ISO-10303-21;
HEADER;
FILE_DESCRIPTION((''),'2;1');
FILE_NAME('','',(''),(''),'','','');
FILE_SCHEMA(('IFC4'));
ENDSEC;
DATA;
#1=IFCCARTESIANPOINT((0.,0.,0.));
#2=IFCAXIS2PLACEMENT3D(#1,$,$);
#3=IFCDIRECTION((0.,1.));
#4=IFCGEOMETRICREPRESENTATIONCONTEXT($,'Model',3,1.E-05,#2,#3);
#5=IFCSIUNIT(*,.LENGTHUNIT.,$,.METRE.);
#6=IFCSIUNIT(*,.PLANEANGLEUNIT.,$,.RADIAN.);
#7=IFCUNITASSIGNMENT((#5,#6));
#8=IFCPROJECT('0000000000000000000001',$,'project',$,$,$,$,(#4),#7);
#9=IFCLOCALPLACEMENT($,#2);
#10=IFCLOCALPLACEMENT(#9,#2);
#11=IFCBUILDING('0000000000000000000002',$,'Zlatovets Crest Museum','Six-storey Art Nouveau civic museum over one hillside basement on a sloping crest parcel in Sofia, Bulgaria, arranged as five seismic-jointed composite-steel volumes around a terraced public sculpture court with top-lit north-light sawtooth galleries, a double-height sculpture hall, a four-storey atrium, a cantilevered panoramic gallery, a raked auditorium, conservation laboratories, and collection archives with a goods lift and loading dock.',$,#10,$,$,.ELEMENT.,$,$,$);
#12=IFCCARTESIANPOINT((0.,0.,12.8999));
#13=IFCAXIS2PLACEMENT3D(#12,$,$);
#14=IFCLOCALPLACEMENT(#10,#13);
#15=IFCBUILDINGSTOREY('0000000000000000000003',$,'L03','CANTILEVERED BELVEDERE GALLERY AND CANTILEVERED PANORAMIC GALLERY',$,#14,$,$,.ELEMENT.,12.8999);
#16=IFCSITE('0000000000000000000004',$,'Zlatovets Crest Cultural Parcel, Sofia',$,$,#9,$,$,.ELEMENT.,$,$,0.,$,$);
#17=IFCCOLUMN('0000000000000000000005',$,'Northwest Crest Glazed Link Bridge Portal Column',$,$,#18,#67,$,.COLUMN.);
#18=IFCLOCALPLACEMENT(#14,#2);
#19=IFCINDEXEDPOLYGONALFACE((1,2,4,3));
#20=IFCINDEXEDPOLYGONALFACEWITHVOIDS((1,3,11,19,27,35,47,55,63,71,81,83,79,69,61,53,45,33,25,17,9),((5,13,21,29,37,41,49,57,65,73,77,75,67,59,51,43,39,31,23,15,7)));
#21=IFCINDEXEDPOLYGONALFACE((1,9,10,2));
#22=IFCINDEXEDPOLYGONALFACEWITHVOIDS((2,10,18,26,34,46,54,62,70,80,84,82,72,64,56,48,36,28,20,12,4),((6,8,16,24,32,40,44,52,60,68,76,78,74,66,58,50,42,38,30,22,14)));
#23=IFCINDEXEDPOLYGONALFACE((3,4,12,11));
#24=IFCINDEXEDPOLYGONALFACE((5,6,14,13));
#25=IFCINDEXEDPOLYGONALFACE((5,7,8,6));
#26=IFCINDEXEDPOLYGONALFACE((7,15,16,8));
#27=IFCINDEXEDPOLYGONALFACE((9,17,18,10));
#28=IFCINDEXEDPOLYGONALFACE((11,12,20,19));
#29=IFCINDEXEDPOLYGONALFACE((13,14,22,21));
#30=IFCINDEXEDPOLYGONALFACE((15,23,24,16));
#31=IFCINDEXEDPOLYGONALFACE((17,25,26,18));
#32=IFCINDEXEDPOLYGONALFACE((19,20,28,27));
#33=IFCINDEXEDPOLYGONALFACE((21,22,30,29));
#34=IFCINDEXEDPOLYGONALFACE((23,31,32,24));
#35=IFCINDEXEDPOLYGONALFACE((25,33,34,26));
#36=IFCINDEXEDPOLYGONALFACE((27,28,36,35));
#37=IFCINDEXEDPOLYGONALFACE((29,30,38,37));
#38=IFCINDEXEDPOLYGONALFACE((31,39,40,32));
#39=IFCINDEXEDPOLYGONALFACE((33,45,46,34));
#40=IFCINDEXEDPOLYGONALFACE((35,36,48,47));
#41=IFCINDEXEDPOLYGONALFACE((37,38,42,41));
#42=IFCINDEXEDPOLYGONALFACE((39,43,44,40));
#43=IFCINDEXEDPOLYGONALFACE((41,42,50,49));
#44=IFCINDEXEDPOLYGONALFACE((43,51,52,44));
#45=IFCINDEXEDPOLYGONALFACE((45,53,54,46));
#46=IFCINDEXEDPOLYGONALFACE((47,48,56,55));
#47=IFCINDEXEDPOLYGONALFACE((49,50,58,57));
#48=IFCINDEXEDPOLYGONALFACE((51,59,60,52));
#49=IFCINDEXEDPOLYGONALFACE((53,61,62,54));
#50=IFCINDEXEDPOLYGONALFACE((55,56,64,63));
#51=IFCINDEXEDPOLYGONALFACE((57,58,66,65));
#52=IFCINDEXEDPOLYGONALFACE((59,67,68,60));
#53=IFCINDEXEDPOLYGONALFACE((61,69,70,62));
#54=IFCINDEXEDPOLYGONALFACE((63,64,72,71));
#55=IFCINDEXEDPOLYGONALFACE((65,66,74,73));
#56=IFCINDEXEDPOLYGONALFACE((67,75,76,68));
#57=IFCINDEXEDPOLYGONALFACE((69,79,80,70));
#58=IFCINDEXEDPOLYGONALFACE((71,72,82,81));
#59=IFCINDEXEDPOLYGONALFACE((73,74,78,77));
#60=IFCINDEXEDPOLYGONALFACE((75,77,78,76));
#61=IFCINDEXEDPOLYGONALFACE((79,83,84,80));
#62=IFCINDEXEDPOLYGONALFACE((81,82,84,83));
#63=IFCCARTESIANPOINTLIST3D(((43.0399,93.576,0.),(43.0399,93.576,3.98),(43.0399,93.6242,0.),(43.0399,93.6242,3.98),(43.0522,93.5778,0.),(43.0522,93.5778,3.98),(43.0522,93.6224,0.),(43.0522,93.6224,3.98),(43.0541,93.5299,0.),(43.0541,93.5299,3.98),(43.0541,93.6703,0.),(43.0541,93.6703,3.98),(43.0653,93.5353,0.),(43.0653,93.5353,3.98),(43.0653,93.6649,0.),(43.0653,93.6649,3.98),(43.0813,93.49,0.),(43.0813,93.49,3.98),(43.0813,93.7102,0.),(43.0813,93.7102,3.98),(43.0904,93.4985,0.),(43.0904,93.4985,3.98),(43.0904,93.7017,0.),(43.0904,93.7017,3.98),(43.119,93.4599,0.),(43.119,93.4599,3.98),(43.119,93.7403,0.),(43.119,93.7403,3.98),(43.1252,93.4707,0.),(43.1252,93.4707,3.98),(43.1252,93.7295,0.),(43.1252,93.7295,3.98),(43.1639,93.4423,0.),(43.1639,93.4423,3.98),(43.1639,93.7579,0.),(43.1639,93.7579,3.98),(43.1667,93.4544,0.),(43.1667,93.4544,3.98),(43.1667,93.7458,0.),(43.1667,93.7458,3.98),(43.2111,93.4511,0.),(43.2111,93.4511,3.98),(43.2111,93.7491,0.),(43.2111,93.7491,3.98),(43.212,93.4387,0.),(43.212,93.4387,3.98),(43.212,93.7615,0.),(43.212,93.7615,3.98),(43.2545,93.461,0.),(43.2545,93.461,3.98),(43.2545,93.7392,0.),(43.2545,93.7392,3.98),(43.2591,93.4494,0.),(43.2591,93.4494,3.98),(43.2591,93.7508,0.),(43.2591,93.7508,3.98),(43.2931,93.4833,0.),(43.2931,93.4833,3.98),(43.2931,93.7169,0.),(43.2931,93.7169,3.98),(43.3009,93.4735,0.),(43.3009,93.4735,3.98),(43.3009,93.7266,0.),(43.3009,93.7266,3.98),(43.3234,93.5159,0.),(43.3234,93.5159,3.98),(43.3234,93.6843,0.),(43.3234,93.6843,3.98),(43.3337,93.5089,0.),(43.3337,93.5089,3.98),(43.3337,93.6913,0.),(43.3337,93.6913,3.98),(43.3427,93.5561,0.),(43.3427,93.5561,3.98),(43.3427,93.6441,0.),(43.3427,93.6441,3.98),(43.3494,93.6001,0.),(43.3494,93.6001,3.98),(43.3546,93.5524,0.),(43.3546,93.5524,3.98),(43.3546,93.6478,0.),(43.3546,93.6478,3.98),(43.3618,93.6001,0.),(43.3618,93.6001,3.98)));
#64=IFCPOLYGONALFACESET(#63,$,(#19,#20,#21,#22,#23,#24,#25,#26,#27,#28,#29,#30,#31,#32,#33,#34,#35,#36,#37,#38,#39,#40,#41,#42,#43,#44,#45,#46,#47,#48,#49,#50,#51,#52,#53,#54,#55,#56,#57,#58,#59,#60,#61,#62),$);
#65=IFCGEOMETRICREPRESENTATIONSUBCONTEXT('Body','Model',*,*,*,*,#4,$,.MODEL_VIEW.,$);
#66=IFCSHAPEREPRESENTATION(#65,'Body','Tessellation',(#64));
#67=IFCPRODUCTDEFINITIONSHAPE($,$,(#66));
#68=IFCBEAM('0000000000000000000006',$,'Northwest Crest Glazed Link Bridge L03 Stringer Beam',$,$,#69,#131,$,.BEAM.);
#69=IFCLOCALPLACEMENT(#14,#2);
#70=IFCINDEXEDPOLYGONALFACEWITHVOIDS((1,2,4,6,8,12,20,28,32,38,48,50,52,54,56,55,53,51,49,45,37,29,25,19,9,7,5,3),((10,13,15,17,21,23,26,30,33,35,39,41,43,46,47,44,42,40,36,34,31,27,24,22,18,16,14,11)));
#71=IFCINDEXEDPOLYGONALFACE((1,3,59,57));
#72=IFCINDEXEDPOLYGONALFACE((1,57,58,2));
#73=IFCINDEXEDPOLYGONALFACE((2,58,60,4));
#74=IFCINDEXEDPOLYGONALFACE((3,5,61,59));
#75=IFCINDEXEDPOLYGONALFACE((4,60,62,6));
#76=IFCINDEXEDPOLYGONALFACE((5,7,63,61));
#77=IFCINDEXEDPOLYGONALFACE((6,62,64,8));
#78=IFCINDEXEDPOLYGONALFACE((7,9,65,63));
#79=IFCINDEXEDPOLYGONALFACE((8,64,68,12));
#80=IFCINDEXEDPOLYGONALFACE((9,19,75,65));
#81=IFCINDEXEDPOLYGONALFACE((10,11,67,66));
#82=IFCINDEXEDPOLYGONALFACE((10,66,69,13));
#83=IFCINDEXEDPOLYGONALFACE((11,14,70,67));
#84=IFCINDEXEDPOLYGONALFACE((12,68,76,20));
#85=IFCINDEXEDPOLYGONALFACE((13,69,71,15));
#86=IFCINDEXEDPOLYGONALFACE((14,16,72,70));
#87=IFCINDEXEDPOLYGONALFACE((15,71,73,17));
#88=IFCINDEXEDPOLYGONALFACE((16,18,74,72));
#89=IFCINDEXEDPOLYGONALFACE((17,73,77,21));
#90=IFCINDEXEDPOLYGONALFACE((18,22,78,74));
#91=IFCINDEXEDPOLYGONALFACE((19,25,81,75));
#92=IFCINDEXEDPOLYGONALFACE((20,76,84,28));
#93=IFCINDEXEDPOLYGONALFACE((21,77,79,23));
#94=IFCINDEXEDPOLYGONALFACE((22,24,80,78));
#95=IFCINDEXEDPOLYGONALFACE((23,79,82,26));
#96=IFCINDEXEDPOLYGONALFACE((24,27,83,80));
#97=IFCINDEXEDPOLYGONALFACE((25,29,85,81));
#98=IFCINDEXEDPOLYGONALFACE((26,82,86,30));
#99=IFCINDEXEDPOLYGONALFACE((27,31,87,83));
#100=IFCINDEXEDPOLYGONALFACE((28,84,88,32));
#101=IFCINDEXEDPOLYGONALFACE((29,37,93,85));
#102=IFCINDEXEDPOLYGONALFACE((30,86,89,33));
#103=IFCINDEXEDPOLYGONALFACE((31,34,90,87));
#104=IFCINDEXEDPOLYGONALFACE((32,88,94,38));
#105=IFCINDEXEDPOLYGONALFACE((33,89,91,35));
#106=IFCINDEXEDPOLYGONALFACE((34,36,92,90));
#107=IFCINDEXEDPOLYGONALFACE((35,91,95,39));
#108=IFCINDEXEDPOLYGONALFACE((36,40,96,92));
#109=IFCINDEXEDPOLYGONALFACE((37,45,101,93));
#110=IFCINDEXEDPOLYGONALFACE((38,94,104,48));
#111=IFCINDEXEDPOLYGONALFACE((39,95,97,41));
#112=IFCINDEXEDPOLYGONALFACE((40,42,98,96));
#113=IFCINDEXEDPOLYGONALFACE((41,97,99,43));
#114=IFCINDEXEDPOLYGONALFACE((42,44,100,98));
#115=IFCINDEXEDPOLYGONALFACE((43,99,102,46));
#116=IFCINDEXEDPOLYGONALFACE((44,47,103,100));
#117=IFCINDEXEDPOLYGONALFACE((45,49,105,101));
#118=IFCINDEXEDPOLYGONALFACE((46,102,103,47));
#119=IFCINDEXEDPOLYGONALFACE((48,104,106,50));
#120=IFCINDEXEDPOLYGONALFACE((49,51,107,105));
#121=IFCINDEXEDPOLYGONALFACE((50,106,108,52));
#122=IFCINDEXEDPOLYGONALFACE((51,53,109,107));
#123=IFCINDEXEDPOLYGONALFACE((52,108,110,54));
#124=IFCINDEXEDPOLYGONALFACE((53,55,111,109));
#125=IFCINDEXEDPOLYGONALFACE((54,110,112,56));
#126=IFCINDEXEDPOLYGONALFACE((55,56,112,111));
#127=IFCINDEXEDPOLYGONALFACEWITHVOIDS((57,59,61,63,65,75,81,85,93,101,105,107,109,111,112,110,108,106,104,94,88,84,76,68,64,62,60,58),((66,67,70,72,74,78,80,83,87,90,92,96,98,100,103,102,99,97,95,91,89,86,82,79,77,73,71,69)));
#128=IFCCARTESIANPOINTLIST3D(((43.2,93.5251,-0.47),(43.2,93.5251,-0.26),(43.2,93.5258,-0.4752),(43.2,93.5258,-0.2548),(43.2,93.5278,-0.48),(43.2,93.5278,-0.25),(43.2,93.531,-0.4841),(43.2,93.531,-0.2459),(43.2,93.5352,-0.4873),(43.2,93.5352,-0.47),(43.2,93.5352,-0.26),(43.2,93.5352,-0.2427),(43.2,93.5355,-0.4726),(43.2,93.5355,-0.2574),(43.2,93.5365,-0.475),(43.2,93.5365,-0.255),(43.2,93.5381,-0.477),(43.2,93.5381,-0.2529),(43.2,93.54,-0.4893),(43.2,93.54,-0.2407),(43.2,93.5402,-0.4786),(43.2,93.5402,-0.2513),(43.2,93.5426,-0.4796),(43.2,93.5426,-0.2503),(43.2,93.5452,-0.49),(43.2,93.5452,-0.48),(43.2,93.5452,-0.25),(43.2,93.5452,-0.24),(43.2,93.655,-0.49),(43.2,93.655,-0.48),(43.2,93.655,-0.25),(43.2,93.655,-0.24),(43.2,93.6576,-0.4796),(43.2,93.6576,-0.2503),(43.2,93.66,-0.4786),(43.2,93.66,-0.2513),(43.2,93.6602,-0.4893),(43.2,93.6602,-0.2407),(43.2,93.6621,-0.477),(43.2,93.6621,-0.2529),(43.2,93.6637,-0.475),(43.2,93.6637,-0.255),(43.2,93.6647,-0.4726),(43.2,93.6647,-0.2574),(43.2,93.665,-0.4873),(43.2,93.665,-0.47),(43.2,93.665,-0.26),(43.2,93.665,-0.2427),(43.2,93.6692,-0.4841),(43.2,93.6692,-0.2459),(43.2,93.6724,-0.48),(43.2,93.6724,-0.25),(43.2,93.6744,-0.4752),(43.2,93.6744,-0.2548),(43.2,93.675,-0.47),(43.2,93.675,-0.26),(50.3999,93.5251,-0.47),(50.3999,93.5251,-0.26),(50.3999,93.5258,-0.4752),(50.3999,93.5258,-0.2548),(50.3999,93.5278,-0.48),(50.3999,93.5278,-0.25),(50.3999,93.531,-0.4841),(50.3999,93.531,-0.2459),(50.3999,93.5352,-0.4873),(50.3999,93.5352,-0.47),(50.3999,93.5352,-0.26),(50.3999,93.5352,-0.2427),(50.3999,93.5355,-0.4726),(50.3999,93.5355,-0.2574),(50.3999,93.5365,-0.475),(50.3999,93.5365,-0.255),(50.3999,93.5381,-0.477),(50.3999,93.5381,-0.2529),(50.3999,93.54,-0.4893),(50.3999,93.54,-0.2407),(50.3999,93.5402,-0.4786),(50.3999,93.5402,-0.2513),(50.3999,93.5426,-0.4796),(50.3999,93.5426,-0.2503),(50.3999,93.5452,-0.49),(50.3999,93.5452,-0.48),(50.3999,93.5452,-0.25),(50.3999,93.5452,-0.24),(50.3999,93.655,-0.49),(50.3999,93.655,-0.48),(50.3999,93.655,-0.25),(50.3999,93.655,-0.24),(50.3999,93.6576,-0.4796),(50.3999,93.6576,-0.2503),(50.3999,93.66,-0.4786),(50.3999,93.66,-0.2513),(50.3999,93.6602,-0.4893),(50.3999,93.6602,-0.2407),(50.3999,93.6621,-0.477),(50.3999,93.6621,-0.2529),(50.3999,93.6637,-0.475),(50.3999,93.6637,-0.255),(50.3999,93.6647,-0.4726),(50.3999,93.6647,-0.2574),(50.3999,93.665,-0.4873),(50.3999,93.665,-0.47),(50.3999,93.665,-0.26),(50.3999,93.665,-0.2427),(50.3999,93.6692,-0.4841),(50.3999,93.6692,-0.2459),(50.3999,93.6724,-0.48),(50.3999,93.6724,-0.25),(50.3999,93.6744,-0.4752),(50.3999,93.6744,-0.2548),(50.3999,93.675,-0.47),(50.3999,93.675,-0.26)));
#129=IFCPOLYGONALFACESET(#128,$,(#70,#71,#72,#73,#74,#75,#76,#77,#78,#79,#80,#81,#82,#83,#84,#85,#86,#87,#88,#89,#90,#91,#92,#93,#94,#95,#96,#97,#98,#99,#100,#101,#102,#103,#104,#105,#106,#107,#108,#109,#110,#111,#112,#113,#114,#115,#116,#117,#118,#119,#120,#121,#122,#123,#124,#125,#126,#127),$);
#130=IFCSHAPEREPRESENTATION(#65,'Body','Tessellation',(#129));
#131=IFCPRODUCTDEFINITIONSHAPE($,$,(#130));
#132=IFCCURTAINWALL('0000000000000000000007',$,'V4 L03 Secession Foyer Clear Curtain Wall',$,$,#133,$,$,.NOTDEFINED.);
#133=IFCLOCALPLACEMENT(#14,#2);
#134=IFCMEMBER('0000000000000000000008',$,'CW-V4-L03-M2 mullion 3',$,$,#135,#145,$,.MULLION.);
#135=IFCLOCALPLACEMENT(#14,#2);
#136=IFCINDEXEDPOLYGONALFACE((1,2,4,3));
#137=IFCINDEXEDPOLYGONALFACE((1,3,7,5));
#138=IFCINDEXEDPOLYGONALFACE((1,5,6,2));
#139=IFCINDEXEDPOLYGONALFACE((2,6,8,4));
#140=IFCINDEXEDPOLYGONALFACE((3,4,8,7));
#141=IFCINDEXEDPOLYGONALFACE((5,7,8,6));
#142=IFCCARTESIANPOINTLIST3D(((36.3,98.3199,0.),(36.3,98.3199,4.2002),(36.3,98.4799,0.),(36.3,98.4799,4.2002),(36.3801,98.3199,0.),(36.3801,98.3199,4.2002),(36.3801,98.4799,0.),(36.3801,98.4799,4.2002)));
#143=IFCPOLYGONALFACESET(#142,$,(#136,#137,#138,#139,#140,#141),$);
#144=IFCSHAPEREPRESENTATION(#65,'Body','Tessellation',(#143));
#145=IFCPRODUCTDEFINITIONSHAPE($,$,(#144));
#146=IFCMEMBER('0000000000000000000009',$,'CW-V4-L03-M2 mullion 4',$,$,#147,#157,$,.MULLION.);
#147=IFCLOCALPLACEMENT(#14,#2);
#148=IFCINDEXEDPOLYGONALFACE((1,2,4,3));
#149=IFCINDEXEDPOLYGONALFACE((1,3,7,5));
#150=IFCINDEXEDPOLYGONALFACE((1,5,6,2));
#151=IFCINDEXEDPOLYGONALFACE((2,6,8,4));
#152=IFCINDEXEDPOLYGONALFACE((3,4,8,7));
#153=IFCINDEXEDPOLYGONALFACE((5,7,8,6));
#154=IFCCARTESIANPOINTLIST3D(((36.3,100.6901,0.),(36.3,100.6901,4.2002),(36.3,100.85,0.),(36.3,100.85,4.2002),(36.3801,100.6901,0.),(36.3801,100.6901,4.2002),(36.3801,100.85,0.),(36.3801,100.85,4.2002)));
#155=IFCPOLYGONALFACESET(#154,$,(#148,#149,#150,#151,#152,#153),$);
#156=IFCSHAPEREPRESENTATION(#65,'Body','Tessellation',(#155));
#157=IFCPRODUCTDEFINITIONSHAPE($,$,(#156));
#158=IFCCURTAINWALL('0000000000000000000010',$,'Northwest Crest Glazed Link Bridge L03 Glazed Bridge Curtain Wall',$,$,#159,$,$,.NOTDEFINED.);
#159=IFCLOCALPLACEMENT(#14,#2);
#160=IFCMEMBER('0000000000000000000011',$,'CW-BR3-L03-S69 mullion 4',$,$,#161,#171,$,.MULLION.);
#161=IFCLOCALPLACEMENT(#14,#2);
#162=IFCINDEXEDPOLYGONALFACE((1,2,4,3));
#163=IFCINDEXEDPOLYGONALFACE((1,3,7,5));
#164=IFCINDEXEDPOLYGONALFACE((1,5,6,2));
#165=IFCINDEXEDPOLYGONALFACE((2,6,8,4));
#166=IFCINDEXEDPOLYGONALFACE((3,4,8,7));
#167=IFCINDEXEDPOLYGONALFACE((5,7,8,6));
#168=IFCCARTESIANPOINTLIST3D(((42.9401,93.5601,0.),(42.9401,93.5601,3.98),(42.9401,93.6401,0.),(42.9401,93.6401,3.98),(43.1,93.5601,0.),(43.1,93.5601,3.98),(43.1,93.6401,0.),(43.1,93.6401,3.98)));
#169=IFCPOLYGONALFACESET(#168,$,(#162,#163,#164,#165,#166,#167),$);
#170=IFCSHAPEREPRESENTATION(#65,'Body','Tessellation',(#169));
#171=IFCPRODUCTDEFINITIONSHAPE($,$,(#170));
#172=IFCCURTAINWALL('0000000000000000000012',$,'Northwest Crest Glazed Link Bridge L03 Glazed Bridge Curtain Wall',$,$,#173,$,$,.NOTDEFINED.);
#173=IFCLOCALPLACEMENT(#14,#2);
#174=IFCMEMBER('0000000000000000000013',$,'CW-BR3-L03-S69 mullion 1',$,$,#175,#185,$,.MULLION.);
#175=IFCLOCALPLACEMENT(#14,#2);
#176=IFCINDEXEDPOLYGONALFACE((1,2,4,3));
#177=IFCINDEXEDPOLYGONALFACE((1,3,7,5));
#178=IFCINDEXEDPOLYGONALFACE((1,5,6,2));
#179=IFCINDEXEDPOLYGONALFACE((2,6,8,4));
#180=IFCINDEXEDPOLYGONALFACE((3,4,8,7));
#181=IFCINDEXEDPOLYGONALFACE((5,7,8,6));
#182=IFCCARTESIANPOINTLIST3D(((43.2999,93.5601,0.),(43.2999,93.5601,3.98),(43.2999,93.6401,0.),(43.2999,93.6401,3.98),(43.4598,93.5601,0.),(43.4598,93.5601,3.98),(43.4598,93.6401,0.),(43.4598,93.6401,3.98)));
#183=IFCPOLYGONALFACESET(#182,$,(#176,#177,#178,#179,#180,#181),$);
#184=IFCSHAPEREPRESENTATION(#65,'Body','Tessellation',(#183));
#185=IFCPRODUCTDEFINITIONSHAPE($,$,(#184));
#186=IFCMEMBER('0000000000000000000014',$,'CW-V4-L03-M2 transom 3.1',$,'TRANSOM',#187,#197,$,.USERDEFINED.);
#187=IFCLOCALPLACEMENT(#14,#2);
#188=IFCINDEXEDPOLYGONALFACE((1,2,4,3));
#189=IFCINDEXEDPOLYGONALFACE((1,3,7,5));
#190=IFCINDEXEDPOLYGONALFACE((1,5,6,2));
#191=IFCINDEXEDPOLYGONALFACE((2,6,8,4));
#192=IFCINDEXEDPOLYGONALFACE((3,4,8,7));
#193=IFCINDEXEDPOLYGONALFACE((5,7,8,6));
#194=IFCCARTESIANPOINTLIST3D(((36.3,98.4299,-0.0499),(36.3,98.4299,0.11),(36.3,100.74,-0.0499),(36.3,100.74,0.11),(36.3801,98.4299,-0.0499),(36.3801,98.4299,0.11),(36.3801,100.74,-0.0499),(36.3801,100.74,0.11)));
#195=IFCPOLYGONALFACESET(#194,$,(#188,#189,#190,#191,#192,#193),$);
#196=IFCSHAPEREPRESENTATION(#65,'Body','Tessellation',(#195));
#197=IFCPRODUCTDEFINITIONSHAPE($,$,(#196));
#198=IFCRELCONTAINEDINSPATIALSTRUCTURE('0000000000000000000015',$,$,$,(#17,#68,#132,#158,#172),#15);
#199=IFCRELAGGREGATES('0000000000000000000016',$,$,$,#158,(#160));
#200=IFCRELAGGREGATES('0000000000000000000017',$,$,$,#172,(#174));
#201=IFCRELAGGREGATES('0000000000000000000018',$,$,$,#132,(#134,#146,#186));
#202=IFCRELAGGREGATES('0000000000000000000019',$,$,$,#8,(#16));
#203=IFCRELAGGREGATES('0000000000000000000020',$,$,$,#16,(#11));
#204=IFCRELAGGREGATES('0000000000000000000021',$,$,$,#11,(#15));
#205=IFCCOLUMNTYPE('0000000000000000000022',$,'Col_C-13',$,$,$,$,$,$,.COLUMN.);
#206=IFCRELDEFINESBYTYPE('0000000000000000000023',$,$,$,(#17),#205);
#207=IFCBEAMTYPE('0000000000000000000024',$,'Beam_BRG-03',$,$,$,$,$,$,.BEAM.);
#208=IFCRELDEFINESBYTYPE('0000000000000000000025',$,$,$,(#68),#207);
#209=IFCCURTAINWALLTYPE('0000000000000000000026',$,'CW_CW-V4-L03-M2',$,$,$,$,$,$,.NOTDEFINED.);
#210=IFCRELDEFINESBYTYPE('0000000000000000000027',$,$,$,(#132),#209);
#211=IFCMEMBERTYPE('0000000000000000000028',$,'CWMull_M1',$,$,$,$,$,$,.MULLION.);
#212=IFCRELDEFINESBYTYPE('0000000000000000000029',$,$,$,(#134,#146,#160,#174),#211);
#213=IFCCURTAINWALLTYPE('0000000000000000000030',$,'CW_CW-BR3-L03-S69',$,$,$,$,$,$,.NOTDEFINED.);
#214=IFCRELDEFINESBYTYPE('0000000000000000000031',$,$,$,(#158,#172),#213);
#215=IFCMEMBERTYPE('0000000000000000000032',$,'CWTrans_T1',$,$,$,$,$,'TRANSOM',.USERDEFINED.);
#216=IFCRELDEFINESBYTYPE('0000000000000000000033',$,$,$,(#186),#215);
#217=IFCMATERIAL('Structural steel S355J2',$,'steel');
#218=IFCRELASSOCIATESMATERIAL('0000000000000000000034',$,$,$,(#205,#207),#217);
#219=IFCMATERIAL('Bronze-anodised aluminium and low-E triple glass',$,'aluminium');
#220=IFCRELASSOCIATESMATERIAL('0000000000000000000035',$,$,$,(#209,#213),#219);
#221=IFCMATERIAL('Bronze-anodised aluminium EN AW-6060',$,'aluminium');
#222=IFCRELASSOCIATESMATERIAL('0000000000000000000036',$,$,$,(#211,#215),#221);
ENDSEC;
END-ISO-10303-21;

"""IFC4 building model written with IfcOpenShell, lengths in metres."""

from ifc_helpers import new_model, si_unit, direction, frame, origin, origin_2d, place, context, subcontext, project, spatial, rectangle, hollow_rectangle, hollow_circle, extrude, material, material_profile, profile_set, type_object, element, aggregate, save


model = new_model("IFC4")

# Units and contexts
model_context = context("Model", 3, precision=1e-05, world=origin(), true_north=direction((0.0, 1.0)))
body_context = subcontext(model_context, "Body", "Model", "MODEL_VIEW")
ifc_project = project(units=[si_unit("LENGTHUNIT", "METRE"), si_unit("PLANEANGLEUNIT", "RADIAN")], contexts=[model_context])

# Site, building, storey
site_placement = place(None, origin())
site = spatial("IfcSite", under=ifc_project, at=site_placement, Name="Zlatovets Crest Cultural Parcel, Sofia", CompositionType="ELEMENT", RefElevation=0.0)
building_placement = place(site_placement, origin())
building = spatial("IfcBuilding", under=site, at=building_placement, Name="Zlatovets Crest Museum", Description="Six-storey Art Nouveau civic museum over one hillside basement on a sloping crest parcel in Sofia, Bulgaria, arranged as five seismic-jointed composite-steel volumes around a terraced public sculpture court with top-lit north-light sawtooth galleries, a double-height sculpture hall, a four-storey atrium, a cantilevered panoramic gallery, a raked auditorium, conservation laboratories, and collection archives with a goods lift and loading dock.", CompositionType="ELEMENT")
storey_placement = place(building_placement, frame((0.0, 0.0, 12.8999)))
storey = spatial("IfcBuildingStorey", under=building, at=storey_placement, Name="L03", Description="CANTILEVERED BELVEDERE GALLERY AND CANTILEVERED PANORAMIC GALLERY", CompositionType="ELEMENT", Elevation=12.8999)

# Column
ifc_material_1 = material(Name="Structural steel S355J2", Category="steel")
ifc_material_profile_1 = material_profile(ifc_material_1, hollow_circle(Radius=0.1619, WallThickness=0.0125, at=origin_2d()), Name="CHS 323.9x12.5")
ifc_profile_set_1 = profile_set([ifc_material_profile_1], Name="Structural steel S355J2")
column_type = type_object("IfcColumnType", Name="Col_C-13", PredefinedType="COLUMN", material=ifc_profile_set_1)
column_placement = place(storey_placement, frame((43.2, 93.6001, 0.0), z_axis=(0.0, 0.0, 1.0), x_axis=(1.0, 0.0, 0.0)))
element("IfcColumn", 1, at=column_placement, inside=storey, type_object=column_type, Name="Northwest Crest Glazed Link Bridge Portal Column", PredefinedType="COLUMN", context=body_context, shape_type="SweptSolid", body=[
    extrude(hollow_circle(Radius=0.1619, WallThickness=0.0125, at=origin_2d()), origin(), (0.0, 0.0, 1.0), 3.98),
])

# Beam
ifc_material_profile_2 = material_profile(ifc_material_1, hollow_rectangle(XDim=0.1499, YDim=0.25, WallThickness=0.01, InnerFilletRadius=0.01, OuterFilletRadius=0.02, at=origin_2d()), Name="RHS 150x250x10.0")
ifc_profile_set_2 = profile_set([ifc_material_profile_2], Name="Structural steel S355J2")
beam_type = type_object("IfcBeamType", Name="Beam_BRG-03", PredefinedType="BEAM", material=ifc_profile_set_2)
beam_placement = place(storey_placement, frame((43.2, 93.6001, -0.365), z_axis=(1.0, 0.0, 0.0), x_axis=(0.0, 1.0, 0.0)))
element("IfcBeam", 2, at=beam_placement, inside=storey, type_object=beam_type, Name="Northwest Crest Glazed Link Bridge L03 Stringer Beam", PredefinedType="BEAM", context=body_context, shape_type="SweptSolid", body=[
    extrude(hollow_rectangle(XDim=0.1499, YDim=0.25, WallThickness=0.01, InnerFilletRadius=0.01, OuterFilletRadius=0.02, at=origin_2d()), origin(), (0.0, 0.0, 1.0), 7.2),
])

# Curtain wall, members
ifc_material_2 = material(Name="Bronze-anodised aluminium and low-E triple glass", Category="aluminium")
curtain_wall_type_1 = type_object("IfcCurtainWallType", Name="CW_CW-V4-L03-M2", PredefinedType="NOTDEFINED", material=ifc_material_2)
curtain_wall_1_placement = place(storey_placement, origin())
curtain_wall_1 = element("IfcCurtainWall", 3, at=curtain_wall_1_placement, inside=storey, type_object=curtain_wall_type_1, Name="V4 L03 Secession Foyer Clear Curtain Wall", PredefinedType="NOTDEFINED")
ifc_material_3 = material(Name="Bronze-anodised aluminium EN AW-6060", Category="aluminium")
ifc_material_profile_3 = material_profile(ifc_material_3, rectangle(XDim=0.0801, YDim=0.1599, at=origin_2d()), Name="ALU 80x160")
ifc_profile_set_3 = profile_set([ifc_material_profile_3], Name="Bronze-anodised aluminium EN AW-6060")
member_type_1 = type_object("IfcMemberType", Name="CWMull_M1", PredefinedType="MULLION", material=ifc_profile_set_3)
member_1_placement = place(storey_placement, frame((36.3401, 98.3999, 0.0), z_axis=(0.0, 0.0, 1.0), x_axis=(-1.0, 0.0, 0.0)))
member_1 = element("IfcMember", 4, at=member_1_placement, type_object=member_type_1, Name="CW-V4-L03-M2 mullion 3", PredefinedType="MULLION", context=body_context, shape_type="SweptSolid", body=[
    extrude(rectangle(XDim=0.0801, YDim=0.1599, at=origin_2d()), origin(), (0.0, 0.0, 1.0), 4.2002),
])
member_2_placement = place(storey_placement, frame((36.3401, 100.77, 0.0), z_axis=(0.0, 0.0, 1.0), x_axis=(-1.0, 0.0, 0.0)))
member_2 = element("IfcMember", 5, at=member_2_placement, type_object=member_type_1, Name="CW-V4-L03-M2 mullion 4", PredefinedType="MULLION", context=body_context, shape_type="SweptSolid", body=[
    extrude(rectangle(XDim=0.0801, YDim=0.1599, at=origin_2d()), origin(), (0.0, 0.0, 1.0), 4.2002),
])

# Curtain walls, members
curtain_wall_type_2 = type_object("IfcCurtainWallType", Name="CW_CW-BR3-L03-S69", PredefinedType="NOTDEFINED", material=ifc_material_2)
curtain_wall_2_placement = place(storey_placement, origin())
curtain_wall_2 = element("IfcCurtainWall", 6, at=curtain_wall_2_placement, inside=storey, type_object=curtain_wall_type_2, Name="Northwest Crest Glazed Link Bridge L03 Glazed Bridge Curtain Wall", PredefinedType="NOTDEFINED")
member_3_placement = place(storey_placement, frame((43.02, 93.6001, 0.0), z_axis=(0.0, 0.0, 1.0), x_axis=(0.0, 1.0, 0.0)))
member_3 = element("IfcMember", 7, at=member_3_placement, type_object=member_type_1, Name="CW-BR3-L03-S69 mullion 4", PredefinedType="MULLION", context=body_context, shape_type="SweptSolid", body=[
    extrude(rectangle(XDim=0.0801, YDim=0.1599, at=origin_2d()), origin(), (0.0, 0.0, 1.0), 3.98),
])
curtain_wall_3_placement = place(storey_placement, origin())
curtain_wall_3 = element("IfcCurtainWall", 8, at=curtain_wall_3_placement, inside=storey, type_object=curtain_wall_type_2, Name="Northwest Crest Glazed Link Bridge L03 Glazed Bridge Curtain Wall", PredefinedType="NOTDEFINED")
member_4_placement = place(storey_placement, frame((43.3799, 93.6001, 0.0), z_axis=(0.0, 0.0, 1.0), x_axis=(0.0, 1.0, 0.0)))
member_4 = element("IfcMember", 9, at=member_4_placement, type_object=member_type_1, Name="CW-BR3-L03-S69 mullion 1", PredefinedType="MULLION", context=body_context, shape_type="SweptSolid", body=[
    extrude(rectangle(XDim=0.0801, YDim=0.1599, at=origin_2d()), origin(), (0.0, 0.0, 1.0), 3.98),
])

# Member
ifc_material_profile_4 = material_profile(ifc_material_3, rectangle(XDim=0.0801, YDim=0.1599, at=origin_2d()), Name="ALU 80x160")
ifc_profile_set_4 = profile_set([ifc_material_profile_4], Name="Bronze-anodised aluminium EN AW-6060")
member_type_2 = type_object("IfcMemberType", Name="CWTrans_T1", ElementType="TRANSOM", PredefinedType="USERDEFINED", material=ifc_profile_set_4)
member_5_placement = place(storey_placement, frame((36.3401, 98.4299, 0.03), z_axis=(0.0, 1.0, 0.0), x_axis=(-1.0, 0.0, 0.0)))
member_5 = element("IfcMember", 10, at=member_5_placement, type_object=member_type_2, Name="CW-V4-L03-M2 transom 3.1", ObjectType="TRANSOM", PredefinedType="USERDEFINED", context=body_context, shape_type="SweptSolid", body=[
    extrude(rectangle(XDim=0.0801, YDim=0.1599, at=origin_2d()), origin(), (0.0, 0.0, 1.0), 2.3101),
])

aggregate(curtain_wall_2, [member_3])
aggregate(curtain_wall_3, [member_4])
aggregate(curtain_wall_1, [member_1, member_2, member_5])

save(model, "model.ifc")
